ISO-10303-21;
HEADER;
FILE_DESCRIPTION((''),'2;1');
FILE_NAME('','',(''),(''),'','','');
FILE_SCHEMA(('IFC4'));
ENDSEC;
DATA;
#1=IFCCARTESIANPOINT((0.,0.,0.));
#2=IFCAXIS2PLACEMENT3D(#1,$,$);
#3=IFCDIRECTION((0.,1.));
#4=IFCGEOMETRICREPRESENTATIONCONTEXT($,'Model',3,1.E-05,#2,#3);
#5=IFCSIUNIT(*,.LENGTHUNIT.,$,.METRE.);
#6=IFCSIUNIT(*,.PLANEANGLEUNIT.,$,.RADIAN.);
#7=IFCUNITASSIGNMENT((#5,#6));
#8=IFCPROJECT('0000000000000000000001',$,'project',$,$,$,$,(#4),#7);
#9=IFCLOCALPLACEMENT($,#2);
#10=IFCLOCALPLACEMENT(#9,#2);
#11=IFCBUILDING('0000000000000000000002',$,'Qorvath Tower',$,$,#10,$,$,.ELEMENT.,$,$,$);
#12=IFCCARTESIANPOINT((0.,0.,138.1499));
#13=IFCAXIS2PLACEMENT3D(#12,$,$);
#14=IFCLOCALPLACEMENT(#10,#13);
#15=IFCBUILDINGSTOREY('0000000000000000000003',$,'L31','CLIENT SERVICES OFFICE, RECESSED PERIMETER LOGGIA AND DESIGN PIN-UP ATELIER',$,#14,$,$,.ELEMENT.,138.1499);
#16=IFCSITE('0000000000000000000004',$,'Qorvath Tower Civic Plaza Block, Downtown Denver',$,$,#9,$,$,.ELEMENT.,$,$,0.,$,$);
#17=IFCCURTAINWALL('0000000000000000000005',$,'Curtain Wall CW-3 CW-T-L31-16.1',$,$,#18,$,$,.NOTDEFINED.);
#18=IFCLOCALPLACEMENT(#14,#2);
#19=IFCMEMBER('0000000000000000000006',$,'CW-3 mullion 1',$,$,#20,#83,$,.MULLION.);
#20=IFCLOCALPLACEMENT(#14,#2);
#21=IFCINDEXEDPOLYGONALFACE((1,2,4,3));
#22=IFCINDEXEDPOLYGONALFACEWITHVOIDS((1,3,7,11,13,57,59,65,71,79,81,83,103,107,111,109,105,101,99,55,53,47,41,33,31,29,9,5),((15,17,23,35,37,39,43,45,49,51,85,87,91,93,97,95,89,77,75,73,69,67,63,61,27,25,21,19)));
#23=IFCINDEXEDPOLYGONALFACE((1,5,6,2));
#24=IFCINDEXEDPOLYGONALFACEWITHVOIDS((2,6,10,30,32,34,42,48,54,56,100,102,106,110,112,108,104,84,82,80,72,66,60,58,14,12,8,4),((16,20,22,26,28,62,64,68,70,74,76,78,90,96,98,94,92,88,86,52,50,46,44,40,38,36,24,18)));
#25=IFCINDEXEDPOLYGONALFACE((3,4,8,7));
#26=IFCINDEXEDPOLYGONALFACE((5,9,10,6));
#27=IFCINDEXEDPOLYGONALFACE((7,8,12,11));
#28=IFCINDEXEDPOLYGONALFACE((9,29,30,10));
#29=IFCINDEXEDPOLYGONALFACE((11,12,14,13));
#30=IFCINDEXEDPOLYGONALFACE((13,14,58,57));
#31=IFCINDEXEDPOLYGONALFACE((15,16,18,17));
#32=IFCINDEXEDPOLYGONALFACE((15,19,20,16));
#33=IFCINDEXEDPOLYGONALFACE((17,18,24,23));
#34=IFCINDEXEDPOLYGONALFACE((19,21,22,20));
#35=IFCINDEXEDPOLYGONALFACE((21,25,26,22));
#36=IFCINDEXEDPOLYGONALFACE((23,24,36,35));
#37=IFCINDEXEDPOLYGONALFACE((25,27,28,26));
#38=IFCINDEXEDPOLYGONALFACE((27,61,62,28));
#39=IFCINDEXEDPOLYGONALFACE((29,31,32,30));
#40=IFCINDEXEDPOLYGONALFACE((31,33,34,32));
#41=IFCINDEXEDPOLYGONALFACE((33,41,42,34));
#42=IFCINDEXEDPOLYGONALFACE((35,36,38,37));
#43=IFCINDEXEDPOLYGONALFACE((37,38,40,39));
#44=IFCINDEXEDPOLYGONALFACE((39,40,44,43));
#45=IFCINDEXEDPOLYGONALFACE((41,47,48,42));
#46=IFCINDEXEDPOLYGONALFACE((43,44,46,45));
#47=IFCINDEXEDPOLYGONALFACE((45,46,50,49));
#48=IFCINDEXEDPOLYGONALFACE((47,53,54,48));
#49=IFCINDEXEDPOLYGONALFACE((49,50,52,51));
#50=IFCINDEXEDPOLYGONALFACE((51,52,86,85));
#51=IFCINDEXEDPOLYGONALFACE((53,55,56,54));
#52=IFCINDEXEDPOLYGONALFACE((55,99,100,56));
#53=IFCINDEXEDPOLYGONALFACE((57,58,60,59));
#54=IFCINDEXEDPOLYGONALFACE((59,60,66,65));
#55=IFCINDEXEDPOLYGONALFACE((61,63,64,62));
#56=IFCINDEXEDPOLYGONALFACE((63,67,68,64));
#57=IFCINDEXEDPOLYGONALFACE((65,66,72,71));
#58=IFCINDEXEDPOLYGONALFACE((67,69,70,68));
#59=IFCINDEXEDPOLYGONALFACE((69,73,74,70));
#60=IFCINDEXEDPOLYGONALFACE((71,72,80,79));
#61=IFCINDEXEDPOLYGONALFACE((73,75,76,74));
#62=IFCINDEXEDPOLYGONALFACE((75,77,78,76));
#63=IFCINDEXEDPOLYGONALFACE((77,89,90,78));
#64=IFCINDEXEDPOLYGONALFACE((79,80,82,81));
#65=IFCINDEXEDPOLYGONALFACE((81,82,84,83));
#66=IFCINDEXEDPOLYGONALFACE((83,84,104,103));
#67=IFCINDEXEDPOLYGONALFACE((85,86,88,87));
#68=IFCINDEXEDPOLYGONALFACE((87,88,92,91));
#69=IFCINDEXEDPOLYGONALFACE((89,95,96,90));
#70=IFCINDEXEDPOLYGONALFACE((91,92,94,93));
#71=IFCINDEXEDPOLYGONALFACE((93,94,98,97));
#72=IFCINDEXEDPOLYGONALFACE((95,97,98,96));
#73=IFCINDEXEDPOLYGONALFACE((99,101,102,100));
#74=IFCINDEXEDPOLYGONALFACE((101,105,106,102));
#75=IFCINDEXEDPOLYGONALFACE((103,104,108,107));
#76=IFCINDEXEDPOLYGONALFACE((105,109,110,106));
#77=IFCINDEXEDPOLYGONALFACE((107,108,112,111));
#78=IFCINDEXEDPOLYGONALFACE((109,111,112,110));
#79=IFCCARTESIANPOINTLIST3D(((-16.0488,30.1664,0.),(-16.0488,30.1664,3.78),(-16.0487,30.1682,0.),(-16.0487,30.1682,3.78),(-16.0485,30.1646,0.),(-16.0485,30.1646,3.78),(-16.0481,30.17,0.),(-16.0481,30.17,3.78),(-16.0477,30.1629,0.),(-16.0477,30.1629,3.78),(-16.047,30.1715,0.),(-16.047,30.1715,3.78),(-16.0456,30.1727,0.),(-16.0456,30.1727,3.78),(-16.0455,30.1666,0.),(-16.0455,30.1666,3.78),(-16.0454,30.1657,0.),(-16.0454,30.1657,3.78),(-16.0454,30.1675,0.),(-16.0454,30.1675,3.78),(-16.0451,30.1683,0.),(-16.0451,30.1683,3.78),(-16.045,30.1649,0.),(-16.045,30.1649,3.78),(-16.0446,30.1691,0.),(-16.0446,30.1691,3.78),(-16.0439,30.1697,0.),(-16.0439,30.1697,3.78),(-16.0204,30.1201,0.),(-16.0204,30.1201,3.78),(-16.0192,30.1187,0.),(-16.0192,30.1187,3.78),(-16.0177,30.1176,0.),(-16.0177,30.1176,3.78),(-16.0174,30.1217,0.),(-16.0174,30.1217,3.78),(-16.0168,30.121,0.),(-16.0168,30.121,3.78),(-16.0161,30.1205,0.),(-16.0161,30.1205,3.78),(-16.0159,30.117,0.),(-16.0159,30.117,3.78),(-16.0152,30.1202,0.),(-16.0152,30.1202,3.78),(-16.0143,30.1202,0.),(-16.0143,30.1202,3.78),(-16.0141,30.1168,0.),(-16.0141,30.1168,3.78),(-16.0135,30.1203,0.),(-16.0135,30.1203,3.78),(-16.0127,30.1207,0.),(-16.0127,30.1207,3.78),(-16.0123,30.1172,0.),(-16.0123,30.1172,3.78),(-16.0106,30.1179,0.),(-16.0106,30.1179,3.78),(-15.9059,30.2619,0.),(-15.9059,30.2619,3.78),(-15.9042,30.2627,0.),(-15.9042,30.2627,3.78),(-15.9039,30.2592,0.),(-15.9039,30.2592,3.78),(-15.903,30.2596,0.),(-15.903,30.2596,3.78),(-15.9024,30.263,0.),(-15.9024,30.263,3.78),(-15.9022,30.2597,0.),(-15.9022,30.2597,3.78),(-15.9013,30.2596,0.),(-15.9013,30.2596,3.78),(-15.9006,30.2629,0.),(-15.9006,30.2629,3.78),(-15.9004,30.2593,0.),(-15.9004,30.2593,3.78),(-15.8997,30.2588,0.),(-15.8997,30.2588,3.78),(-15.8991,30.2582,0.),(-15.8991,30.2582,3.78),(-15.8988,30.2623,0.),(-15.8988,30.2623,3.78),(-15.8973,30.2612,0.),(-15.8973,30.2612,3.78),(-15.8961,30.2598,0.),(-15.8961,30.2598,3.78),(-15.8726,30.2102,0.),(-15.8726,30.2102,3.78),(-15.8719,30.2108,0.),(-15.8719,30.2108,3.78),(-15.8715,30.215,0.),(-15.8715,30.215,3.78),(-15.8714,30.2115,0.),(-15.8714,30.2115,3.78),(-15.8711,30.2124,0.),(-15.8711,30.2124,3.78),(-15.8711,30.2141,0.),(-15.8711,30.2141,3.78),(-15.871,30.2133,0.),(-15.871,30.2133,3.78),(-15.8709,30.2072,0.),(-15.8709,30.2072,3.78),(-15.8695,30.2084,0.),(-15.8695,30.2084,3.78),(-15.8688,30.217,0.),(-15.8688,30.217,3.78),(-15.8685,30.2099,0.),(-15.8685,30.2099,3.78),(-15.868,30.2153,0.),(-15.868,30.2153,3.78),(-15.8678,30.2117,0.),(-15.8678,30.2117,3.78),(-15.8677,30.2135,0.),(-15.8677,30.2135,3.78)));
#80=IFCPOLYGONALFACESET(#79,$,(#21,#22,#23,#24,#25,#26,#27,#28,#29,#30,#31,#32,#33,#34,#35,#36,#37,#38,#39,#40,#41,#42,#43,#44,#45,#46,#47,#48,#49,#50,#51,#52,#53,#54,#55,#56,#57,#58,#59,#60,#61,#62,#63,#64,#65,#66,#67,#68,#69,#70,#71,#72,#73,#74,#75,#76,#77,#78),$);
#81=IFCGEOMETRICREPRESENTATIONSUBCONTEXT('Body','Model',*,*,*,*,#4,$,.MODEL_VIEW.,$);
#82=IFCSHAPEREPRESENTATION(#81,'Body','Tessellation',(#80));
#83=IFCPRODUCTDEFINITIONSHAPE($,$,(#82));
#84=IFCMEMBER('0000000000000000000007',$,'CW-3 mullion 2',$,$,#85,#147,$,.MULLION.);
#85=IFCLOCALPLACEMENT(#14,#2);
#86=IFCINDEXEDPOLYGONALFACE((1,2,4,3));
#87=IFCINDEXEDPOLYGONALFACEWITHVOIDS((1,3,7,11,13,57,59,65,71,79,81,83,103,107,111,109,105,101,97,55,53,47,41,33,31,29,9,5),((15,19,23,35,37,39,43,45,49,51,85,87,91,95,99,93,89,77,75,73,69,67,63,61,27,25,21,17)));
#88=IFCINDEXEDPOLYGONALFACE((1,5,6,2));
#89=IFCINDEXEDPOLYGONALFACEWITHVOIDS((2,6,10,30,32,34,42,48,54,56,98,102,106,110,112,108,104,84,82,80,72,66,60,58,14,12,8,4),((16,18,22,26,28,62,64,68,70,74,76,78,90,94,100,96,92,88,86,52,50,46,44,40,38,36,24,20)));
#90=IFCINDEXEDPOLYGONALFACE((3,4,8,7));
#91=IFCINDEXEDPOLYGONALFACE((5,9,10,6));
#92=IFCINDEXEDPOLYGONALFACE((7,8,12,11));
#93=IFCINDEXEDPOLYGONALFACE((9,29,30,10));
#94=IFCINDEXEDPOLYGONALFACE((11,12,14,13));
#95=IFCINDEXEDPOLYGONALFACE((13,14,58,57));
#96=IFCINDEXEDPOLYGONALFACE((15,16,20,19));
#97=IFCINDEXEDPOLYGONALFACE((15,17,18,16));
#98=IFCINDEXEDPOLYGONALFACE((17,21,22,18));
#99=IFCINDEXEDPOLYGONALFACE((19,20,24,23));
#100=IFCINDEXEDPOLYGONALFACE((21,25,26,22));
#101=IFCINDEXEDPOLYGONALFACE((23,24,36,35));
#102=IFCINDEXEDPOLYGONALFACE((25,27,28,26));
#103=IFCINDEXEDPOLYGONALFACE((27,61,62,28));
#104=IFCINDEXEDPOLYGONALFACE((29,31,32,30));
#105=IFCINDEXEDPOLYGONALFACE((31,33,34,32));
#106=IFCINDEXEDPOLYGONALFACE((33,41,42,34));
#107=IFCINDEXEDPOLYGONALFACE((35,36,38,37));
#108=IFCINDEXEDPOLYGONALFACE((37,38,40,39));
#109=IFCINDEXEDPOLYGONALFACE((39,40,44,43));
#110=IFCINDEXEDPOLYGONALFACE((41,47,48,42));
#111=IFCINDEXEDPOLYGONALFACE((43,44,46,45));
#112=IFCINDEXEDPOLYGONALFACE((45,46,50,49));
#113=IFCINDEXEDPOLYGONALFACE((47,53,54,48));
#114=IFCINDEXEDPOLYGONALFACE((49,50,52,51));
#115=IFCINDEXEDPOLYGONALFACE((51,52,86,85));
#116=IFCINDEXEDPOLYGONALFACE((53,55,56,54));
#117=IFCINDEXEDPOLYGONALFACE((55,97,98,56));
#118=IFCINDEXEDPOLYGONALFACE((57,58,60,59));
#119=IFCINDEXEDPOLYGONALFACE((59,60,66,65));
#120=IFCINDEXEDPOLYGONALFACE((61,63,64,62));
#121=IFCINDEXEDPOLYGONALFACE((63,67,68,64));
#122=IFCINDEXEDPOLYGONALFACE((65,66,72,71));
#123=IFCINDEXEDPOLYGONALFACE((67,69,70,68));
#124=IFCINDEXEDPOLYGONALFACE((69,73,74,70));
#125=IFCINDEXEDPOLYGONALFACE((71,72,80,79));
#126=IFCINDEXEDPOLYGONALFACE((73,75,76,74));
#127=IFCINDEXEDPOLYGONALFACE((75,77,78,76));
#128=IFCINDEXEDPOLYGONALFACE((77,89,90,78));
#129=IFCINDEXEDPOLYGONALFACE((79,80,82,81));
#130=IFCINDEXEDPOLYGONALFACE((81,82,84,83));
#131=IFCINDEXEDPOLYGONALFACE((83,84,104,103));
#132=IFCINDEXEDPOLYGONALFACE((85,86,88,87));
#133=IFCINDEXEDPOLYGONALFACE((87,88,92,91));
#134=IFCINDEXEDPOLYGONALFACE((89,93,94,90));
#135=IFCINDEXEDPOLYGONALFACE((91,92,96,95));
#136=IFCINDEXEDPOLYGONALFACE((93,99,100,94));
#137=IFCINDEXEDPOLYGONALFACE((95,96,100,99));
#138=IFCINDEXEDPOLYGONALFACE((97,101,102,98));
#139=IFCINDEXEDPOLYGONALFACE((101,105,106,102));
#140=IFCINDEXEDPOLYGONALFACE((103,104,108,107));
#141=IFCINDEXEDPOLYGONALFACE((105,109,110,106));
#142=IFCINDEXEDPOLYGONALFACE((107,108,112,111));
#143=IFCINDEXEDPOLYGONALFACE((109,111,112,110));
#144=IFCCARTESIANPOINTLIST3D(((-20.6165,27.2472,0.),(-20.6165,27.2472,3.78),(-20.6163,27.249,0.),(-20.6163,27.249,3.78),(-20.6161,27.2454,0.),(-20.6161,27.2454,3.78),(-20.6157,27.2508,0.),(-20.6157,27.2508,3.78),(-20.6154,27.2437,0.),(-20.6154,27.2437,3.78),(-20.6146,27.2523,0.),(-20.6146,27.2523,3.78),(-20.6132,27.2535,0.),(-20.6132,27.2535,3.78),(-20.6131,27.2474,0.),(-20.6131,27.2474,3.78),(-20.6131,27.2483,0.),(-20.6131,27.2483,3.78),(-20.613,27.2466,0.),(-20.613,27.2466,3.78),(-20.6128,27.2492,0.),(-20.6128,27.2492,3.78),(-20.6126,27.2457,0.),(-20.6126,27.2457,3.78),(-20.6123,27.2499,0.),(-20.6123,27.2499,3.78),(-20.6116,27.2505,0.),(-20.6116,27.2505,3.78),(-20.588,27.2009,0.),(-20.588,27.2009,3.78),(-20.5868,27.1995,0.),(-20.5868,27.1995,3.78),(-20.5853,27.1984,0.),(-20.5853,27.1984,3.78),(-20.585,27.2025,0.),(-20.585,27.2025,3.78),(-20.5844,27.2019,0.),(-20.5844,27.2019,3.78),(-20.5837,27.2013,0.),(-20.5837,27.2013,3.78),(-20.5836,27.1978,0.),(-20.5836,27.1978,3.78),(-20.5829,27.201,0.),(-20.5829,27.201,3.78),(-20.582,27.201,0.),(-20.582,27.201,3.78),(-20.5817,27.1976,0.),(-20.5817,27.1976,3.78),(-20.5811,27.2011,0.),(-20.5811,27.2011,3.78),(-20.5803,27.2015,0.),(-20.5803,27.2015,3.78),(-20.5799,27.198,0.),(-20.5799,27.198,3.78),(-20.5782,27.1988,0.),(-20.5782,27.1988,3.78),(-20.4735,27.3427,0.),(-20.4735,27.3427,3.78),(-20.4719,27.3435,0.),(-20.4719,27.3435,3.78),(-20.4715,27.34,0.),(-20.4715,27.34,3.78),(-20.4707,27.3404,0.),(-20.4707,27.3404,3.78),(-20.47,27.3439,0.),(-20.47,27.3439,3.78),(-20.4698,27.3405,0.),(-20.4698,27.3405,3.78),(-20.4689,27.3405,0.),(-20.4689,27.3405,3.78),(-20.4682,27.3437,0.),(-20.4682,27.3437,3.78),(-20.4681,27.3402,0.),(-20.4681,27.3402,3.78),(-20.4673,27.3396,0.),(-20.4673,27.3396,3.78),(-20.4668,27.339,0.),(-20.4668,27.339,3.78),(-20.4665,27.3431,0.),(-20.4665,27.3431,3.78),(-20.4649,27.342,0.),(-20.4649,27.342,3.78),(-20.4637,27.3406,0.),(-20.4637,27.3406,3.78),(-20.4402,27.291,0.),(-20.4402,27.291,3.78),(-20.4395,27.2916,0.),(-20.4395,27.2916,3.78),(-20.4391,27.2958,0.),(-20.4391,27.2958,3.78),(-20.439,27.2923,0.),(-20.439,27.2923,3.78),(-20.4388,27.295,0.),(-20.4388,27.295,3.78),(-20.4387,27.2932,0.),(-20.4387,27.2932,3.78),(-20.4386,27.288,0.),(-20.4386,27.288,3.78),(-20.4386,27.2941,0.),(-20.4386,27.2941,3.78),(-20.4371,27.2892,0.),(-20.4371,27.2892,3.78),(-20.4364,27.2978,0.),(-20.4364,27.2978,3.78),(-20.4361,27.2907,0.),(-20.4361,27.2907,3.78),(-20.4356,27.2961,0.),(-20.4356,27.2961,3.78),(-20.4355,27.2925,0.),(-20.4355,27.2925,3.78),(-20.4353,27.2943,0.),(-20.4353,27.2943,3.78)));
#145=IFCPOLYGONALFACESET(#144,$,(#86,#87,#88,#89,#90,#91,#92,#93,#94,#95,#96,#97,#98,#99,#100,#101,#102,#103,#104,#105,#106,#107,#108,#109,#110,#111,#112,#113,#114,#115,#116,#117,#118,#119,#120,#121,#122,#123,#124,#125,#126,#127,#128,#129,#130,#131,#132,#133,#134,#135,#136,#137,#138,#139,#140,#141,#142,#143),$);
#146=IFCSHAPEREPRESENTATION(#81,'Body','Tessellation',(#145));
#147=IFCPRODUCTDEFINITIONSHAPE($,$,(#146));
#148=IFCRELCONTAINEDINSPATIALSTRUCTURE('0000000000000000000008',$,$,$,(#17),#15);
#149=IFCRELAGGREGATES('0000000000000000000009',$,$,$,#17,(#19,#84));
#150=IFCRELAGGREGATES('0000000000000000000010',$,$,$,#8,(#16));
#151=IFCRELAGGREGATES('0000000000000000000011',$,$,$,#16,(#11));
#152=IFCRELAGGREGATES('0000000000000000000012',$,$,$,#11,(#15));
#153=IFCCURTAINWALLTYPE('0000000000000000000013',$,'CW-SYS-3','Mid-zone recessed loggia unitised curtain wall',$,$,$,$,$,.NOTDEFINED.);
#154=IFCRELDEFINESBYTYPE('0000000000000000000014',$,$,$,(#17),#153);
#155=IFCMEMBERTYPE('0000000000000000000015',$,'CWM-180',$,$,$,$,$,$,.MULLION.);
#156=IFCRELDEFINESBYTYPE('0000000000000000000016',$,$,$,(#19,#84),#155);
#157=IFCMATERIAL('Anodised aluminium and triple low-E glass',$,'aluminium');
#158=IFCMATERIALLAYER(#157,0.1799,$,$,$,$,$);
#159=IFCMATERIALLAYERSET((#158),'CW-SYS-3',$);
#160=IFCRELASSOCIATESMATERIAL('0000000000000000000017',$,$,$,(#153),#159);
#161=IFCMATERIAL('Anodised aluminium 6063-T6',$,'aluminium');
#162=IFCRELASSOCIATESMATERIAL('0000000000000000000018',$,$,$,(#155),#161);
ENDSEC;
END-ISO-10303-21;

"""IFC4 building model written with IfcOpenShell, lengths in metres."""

from ifc_helpers import new_model, si_unit, direction, frame, origin, origin_2d, place, context, subcontext, project, spatial, hollow_rectangle, extrude, material, layer, layer_set, material_profile, profile_set, type_object, element, aggregate, save


model = new_model("IFC4")

# Units and contexts
model_context = context("Model", 3, precision=1e-05, world=origin(), true_north=direction((0.0, 1.0)))
body_context = subcontext(model_context, "Body", "Model", "MODEL_VIEW")
ifc_project = project(units=[si_unit("LENGTHUNIT", "METRE"), si_unit("PLANEANGLEUNIT", "RADIAN")], contexts=[model_context])

# Site, building, storey
site_placement = place(None, origin())
site = spatial("IfcSite", under=ifc_project, at=site_placement, Name="Qorvath Tower Civic Plaza Block, Downtown Denver", CompositionType="ELEMENT", RefElevation=0.0)
building_placement = place(site_placement, origin())
building = spatial("IfcBuilding", under=site, at=building_placement, Name="Qorvath Tower", CompositionType="ELEMENT")
storey_placement = place(building_placement, frame((0.0, 0.0, 138.1499)))
storey = spatial("IfcBuildingStorey", under=building, at=storey_placement, Name="L31", Description="CLIENT SERVICES OFFICE, RECESSED PERIMETER LOGGIA AND DESIGN PIN-UP ATELIER", CompositionType="ELEMENT", Elevation=138.1499)

# Shared definitions
ifc_material_1 = material(Name="Anodised aluminium and triple low-E glass", Category="aluminium")
ifc_layer_1 = layer(ifc_material_1, 0.1799)
ifc_layer_set_1 = layer_set([ifc_layer_1], Name="CW-SYS-3")
curtain_wall_type = type_object("IfcCurtainWallType", Name="CW-SYS-3", Description="Mid-zone recessed loggia unitised curtain wall", PredefinedType="NOTDEFINED", material=ifc_layer_set_1)
ifc_material_2 = material(Name="Anodised aluminium 6063-T6", Category="aluminium")
ifc_material_profile_1 = material_profile(ifc_material_2, hollow_rectangle(XDim=0.0649, YDim=0.1799, WallThickness=0.0034, InnerFilletRadius=0.0034, OuterFilletRadius=0.0071, at=origin_2d()), Name="CWM 180x65")
ifc_profile_set_1 = profile_set([ifc_material_profile_1], Name="Anodised aluminium 6063-T6")
member_type_1 = type_object("IfcMemberType", Name="CWM-180", PredefinedType="MULLION", material=ifc_profile_set_1)

# Curtain wall, members
curtain_wall_1_placement = place(storey_placement, origin())
curtain_wall_1 = element("IfcCurtainWall", 1, at=curtain_wall_1_placement, inside=storey, type_object=curtain_wall_type, Name="Curtain Wall CW-3 CW-T-L31-16.1", PredefinedType="NOTDEFINED")
member_1_placement = place(storey_placement, frame((-15.9583, 30.1899, 0.0), z_axis=(0.0, 0.0, 1.0), x_axis=(0.538534, -0.842604, 0.0)))
member_1 = element("IfcMember", 2, at=member_1_placement, type_object=member_type_1, Name="CW-3 mullion 1", PredefinedType="MULLION", context=body_context, shape_type="SweptSolid", body=[
    extrude(hollow_rectangle(XDim=0.0649, YDim=0.1799, WallThickness=0.0034, InnerFilletRadius=0.0034, OuterFilletRadius=0.0071, at=origin_2d()), origin(), (0.0, 0.0, 1.0), 3.78),
])
member_2_placement = place(storey_placement, frame((-20.5259, 27.2708, 0.0), z_axis=(0.0, 0.0, 1.0), x_axis=(0.538534, -0.842604, 0.0)))
member_2 = element("IfcMember", 3, at=member_2_placement, type_object=member_type_1, Name="CW-3 mullion 2", PredefinedType="MULLION", context=body_context, shape_type="SweptSolid", body=[
    extrude(hollow_rectangle(XDim=0.0649, YDim=0.1799, WallThickness=0.0034, InnerFilletRadius=0.0034, OuterFilletRadius=0.0071, at=origin_2d()), origin(), (0.0, 0.0, 1.0), 3.78),
])

aggregate(curtain_wall_1, [member_1, member_2])

save(model, "model.ifc")
